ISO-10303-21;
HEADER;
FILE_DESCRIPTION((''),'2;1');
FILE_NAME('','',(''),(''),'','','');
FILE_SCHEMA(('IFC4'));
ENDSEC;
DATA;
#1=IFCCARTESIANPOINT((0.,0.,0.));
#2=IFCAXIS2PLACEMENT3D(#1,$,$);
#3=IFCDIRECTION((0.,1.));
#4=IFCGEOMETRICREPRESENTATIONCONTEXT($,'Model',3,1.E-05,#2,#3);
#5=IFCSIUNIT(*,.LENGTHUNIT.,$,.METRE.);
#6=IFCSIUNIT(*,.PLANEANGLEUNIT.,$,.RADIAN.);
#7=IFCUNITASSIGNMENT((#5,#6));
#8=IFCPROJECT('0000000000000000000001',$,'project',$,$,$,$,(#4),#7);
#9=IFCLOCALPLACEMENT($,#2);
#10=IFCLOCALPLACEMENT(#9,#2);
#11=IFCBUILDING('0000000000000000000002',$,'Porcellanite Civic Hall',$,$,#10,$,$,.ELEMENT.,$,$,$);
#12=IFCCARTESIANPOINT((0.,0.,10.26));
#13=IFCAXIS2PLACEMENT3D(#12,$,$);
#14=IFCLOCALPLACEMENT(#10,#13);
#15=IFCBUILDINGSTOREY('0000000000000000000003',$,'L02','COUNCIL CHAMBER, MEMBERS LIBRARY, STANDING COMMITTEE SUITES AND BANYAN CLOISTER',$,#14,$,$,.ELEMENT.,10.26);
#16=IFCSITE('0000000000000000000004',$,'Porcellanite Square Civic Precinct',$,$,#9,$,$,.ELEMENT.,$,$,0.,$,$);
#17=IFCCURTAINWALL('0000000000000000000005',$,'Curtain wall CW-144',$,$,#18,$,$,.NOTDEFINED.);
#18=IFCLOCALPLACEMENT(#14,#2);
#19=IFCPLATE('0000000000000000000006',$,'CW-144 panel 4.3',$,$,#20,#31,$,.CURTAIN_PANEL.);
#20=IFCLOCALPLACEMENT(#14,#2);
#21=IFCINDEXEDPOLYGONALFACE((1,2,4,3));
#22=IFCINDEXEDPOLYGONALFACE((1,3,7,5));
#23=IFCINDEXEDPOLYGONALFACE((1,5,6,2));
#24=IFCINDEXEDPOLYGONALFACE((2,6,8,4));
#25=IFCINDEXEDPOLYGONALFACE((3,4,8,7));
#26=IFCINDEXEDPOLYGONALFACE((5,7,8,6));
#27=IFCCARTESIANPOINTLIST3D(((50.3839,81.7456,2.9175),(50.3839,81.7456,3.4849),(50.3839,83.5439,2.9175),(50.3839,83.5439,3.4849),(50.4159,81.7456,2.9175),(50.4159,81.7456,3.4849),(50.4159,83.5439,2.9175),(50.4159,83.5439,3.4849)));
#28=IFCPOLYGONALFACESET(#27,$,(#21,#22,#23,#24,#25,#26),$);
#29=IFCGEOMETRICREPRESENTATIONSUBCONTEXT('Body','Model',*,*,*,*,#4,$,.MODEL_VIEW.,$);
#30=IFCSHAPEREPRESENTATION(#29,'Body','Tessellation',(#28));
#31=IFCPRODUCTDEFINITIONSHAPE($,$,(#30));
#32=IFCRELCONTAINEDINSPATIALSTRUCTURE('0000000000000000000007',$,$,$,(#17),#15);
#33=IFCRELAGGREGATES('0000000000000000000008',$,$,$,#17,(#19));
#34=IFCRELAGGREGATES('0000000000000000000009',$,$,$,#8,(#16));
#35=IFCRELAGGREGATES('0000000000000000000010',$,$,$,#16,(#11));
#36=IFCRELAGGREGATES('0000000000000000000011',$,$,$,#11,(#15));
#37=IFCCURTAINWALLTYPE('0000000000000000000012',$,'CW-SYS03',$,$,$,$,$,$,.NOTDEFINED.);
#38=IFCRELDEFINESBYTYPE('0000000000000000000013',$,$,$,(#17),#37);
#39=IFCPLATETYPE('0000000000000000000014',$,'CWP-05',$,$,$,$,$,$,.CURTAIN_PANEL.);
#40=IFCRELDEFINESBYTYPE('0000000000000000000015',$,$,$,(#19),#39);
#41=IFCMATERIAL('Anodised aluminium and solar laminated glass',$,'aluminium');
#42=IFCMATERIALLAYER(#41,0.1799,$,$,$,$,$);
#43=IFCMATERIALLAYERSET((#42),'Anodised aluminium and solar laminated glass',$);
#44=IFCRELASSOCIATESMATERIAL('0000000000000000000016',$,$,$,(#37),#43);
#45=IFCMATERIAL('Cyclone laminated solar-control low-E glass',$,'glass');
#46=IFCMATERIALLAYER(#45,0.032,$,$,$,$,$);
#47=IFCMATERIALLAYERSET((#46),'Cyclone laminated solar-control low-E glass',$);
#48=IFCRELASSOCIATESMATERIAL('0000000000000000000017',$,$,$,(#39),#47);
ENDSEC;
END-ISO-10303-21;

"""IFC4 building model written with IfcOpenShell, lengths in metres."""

from ifc_helpers import new_model, si_unit, direction, frame, origin, origin_2d, place, context, subcontext, project, spatial, rectangle, extrude, material, layer, layer_set, type_object, element, aggregate, save


model = new_model("IFC4")

# Units and contexts
model_context = context("Model", 3, precision=1e-05, world=origin(), true_north=direction((0.0, 1.0)))
body_context = subcontext(model_context, "Body", "Model", "MODEL_VIEW")
ifc_project = project(units=[si_unit("LENGTHUNIT", "METRE"), si_unit("PLANEANGLEUNIT", "RADIAN")], contexts=[model_context])

# Site, building, storey
site_placement = place(None, origin())
site = spatial("IfcSite", under=ifc_project, at=site_placement, Name="Porcellanite Square Civic Precinct", CompositionType="ELEMENT", RefElevation=0.0)
building_placement = place(site_placement, origin())
building = spatial("IfcBuilding", under=site, at=building_placement, Name="Porcellanite Civic Hall", CompositionType="ELEMENT")
storey_placement = place(building_placement, frame((0.0, 0.0, 10.26)))
storey = spatial("IfcBuildingStorey", under=building, at=storey_placement, Name="L02", Description="COUNCIL CHAMBER, MEMBERS LIBRARY, STANDING COMMITTEE SUITES AND BANYAN CLOISTER", CompositionType="ELEMENT", Elevation=10.26)

# Curtain wall
ifc_material_1 = material(Name="Anodised aluminium and solar laminated glass", Category="aluminium")
ifc_layer_1 = layer(ifc_material_1, 0.1799)
ifc_layer_set_1 = layer_set([ifc_layer_1], Name="Anodised aluminium and solar laminated glass")
curtain_wall_type_1 = type_object("IfcCurtainWallType", Name="CW-SYS03", PredefinedType="NOTDEFINED", material=ifc_layer_set_1)
curtain_wall_1_placement = place(storey_placement, origin())
curtain_wall_1 = element("IfcCurtainWall", 1, at=curtain_wall_1_placement, inside=storey, type_object=curtain_wall_type_1, Name="Curtain wall CW-144", PredefinedType="NOTDEFINED")

# Plate
ifc_material_2 = material(Name="Cyclone laminated solar-control low-E glass", Category="glass")
ifc_layer_2 = layer(ifc_material_2, 0.032)
ifc_layer_set_2 = layer_set([ifc_layer_2], Name="Cyclone laminated solar-control low-E glass")
plate_type = type_object("IfcPlateType", Name="CWP-05", PredefinedType="CURTAIN_PANEL", material=ifc_layer_set_2)
plate_1_placement = place(storey_placement, frame((50.3999, 82.6448, 2.9175), z_axis=(0.0, 0.0, 1.0), x_axis=(0.0, 1.0, 0.0)))
plate_1 = element("IfcPlate", 2, at=plate_1_placement, type_object=plate_type, Name="CW-144 panel 4.3", PredefinedType="CURTAIN_PANEL", context=body_context, shape_type="SweptSolid", body=[
    extrude(rectangle(XDim=1.7983, YDim=0.032, at=origin_2d()), origin(), (0.0, 0.0, 1.0), 0.5674),
])
aggregate(curtain_wall_1, [plate_1])

save(model, "model.ifc")
